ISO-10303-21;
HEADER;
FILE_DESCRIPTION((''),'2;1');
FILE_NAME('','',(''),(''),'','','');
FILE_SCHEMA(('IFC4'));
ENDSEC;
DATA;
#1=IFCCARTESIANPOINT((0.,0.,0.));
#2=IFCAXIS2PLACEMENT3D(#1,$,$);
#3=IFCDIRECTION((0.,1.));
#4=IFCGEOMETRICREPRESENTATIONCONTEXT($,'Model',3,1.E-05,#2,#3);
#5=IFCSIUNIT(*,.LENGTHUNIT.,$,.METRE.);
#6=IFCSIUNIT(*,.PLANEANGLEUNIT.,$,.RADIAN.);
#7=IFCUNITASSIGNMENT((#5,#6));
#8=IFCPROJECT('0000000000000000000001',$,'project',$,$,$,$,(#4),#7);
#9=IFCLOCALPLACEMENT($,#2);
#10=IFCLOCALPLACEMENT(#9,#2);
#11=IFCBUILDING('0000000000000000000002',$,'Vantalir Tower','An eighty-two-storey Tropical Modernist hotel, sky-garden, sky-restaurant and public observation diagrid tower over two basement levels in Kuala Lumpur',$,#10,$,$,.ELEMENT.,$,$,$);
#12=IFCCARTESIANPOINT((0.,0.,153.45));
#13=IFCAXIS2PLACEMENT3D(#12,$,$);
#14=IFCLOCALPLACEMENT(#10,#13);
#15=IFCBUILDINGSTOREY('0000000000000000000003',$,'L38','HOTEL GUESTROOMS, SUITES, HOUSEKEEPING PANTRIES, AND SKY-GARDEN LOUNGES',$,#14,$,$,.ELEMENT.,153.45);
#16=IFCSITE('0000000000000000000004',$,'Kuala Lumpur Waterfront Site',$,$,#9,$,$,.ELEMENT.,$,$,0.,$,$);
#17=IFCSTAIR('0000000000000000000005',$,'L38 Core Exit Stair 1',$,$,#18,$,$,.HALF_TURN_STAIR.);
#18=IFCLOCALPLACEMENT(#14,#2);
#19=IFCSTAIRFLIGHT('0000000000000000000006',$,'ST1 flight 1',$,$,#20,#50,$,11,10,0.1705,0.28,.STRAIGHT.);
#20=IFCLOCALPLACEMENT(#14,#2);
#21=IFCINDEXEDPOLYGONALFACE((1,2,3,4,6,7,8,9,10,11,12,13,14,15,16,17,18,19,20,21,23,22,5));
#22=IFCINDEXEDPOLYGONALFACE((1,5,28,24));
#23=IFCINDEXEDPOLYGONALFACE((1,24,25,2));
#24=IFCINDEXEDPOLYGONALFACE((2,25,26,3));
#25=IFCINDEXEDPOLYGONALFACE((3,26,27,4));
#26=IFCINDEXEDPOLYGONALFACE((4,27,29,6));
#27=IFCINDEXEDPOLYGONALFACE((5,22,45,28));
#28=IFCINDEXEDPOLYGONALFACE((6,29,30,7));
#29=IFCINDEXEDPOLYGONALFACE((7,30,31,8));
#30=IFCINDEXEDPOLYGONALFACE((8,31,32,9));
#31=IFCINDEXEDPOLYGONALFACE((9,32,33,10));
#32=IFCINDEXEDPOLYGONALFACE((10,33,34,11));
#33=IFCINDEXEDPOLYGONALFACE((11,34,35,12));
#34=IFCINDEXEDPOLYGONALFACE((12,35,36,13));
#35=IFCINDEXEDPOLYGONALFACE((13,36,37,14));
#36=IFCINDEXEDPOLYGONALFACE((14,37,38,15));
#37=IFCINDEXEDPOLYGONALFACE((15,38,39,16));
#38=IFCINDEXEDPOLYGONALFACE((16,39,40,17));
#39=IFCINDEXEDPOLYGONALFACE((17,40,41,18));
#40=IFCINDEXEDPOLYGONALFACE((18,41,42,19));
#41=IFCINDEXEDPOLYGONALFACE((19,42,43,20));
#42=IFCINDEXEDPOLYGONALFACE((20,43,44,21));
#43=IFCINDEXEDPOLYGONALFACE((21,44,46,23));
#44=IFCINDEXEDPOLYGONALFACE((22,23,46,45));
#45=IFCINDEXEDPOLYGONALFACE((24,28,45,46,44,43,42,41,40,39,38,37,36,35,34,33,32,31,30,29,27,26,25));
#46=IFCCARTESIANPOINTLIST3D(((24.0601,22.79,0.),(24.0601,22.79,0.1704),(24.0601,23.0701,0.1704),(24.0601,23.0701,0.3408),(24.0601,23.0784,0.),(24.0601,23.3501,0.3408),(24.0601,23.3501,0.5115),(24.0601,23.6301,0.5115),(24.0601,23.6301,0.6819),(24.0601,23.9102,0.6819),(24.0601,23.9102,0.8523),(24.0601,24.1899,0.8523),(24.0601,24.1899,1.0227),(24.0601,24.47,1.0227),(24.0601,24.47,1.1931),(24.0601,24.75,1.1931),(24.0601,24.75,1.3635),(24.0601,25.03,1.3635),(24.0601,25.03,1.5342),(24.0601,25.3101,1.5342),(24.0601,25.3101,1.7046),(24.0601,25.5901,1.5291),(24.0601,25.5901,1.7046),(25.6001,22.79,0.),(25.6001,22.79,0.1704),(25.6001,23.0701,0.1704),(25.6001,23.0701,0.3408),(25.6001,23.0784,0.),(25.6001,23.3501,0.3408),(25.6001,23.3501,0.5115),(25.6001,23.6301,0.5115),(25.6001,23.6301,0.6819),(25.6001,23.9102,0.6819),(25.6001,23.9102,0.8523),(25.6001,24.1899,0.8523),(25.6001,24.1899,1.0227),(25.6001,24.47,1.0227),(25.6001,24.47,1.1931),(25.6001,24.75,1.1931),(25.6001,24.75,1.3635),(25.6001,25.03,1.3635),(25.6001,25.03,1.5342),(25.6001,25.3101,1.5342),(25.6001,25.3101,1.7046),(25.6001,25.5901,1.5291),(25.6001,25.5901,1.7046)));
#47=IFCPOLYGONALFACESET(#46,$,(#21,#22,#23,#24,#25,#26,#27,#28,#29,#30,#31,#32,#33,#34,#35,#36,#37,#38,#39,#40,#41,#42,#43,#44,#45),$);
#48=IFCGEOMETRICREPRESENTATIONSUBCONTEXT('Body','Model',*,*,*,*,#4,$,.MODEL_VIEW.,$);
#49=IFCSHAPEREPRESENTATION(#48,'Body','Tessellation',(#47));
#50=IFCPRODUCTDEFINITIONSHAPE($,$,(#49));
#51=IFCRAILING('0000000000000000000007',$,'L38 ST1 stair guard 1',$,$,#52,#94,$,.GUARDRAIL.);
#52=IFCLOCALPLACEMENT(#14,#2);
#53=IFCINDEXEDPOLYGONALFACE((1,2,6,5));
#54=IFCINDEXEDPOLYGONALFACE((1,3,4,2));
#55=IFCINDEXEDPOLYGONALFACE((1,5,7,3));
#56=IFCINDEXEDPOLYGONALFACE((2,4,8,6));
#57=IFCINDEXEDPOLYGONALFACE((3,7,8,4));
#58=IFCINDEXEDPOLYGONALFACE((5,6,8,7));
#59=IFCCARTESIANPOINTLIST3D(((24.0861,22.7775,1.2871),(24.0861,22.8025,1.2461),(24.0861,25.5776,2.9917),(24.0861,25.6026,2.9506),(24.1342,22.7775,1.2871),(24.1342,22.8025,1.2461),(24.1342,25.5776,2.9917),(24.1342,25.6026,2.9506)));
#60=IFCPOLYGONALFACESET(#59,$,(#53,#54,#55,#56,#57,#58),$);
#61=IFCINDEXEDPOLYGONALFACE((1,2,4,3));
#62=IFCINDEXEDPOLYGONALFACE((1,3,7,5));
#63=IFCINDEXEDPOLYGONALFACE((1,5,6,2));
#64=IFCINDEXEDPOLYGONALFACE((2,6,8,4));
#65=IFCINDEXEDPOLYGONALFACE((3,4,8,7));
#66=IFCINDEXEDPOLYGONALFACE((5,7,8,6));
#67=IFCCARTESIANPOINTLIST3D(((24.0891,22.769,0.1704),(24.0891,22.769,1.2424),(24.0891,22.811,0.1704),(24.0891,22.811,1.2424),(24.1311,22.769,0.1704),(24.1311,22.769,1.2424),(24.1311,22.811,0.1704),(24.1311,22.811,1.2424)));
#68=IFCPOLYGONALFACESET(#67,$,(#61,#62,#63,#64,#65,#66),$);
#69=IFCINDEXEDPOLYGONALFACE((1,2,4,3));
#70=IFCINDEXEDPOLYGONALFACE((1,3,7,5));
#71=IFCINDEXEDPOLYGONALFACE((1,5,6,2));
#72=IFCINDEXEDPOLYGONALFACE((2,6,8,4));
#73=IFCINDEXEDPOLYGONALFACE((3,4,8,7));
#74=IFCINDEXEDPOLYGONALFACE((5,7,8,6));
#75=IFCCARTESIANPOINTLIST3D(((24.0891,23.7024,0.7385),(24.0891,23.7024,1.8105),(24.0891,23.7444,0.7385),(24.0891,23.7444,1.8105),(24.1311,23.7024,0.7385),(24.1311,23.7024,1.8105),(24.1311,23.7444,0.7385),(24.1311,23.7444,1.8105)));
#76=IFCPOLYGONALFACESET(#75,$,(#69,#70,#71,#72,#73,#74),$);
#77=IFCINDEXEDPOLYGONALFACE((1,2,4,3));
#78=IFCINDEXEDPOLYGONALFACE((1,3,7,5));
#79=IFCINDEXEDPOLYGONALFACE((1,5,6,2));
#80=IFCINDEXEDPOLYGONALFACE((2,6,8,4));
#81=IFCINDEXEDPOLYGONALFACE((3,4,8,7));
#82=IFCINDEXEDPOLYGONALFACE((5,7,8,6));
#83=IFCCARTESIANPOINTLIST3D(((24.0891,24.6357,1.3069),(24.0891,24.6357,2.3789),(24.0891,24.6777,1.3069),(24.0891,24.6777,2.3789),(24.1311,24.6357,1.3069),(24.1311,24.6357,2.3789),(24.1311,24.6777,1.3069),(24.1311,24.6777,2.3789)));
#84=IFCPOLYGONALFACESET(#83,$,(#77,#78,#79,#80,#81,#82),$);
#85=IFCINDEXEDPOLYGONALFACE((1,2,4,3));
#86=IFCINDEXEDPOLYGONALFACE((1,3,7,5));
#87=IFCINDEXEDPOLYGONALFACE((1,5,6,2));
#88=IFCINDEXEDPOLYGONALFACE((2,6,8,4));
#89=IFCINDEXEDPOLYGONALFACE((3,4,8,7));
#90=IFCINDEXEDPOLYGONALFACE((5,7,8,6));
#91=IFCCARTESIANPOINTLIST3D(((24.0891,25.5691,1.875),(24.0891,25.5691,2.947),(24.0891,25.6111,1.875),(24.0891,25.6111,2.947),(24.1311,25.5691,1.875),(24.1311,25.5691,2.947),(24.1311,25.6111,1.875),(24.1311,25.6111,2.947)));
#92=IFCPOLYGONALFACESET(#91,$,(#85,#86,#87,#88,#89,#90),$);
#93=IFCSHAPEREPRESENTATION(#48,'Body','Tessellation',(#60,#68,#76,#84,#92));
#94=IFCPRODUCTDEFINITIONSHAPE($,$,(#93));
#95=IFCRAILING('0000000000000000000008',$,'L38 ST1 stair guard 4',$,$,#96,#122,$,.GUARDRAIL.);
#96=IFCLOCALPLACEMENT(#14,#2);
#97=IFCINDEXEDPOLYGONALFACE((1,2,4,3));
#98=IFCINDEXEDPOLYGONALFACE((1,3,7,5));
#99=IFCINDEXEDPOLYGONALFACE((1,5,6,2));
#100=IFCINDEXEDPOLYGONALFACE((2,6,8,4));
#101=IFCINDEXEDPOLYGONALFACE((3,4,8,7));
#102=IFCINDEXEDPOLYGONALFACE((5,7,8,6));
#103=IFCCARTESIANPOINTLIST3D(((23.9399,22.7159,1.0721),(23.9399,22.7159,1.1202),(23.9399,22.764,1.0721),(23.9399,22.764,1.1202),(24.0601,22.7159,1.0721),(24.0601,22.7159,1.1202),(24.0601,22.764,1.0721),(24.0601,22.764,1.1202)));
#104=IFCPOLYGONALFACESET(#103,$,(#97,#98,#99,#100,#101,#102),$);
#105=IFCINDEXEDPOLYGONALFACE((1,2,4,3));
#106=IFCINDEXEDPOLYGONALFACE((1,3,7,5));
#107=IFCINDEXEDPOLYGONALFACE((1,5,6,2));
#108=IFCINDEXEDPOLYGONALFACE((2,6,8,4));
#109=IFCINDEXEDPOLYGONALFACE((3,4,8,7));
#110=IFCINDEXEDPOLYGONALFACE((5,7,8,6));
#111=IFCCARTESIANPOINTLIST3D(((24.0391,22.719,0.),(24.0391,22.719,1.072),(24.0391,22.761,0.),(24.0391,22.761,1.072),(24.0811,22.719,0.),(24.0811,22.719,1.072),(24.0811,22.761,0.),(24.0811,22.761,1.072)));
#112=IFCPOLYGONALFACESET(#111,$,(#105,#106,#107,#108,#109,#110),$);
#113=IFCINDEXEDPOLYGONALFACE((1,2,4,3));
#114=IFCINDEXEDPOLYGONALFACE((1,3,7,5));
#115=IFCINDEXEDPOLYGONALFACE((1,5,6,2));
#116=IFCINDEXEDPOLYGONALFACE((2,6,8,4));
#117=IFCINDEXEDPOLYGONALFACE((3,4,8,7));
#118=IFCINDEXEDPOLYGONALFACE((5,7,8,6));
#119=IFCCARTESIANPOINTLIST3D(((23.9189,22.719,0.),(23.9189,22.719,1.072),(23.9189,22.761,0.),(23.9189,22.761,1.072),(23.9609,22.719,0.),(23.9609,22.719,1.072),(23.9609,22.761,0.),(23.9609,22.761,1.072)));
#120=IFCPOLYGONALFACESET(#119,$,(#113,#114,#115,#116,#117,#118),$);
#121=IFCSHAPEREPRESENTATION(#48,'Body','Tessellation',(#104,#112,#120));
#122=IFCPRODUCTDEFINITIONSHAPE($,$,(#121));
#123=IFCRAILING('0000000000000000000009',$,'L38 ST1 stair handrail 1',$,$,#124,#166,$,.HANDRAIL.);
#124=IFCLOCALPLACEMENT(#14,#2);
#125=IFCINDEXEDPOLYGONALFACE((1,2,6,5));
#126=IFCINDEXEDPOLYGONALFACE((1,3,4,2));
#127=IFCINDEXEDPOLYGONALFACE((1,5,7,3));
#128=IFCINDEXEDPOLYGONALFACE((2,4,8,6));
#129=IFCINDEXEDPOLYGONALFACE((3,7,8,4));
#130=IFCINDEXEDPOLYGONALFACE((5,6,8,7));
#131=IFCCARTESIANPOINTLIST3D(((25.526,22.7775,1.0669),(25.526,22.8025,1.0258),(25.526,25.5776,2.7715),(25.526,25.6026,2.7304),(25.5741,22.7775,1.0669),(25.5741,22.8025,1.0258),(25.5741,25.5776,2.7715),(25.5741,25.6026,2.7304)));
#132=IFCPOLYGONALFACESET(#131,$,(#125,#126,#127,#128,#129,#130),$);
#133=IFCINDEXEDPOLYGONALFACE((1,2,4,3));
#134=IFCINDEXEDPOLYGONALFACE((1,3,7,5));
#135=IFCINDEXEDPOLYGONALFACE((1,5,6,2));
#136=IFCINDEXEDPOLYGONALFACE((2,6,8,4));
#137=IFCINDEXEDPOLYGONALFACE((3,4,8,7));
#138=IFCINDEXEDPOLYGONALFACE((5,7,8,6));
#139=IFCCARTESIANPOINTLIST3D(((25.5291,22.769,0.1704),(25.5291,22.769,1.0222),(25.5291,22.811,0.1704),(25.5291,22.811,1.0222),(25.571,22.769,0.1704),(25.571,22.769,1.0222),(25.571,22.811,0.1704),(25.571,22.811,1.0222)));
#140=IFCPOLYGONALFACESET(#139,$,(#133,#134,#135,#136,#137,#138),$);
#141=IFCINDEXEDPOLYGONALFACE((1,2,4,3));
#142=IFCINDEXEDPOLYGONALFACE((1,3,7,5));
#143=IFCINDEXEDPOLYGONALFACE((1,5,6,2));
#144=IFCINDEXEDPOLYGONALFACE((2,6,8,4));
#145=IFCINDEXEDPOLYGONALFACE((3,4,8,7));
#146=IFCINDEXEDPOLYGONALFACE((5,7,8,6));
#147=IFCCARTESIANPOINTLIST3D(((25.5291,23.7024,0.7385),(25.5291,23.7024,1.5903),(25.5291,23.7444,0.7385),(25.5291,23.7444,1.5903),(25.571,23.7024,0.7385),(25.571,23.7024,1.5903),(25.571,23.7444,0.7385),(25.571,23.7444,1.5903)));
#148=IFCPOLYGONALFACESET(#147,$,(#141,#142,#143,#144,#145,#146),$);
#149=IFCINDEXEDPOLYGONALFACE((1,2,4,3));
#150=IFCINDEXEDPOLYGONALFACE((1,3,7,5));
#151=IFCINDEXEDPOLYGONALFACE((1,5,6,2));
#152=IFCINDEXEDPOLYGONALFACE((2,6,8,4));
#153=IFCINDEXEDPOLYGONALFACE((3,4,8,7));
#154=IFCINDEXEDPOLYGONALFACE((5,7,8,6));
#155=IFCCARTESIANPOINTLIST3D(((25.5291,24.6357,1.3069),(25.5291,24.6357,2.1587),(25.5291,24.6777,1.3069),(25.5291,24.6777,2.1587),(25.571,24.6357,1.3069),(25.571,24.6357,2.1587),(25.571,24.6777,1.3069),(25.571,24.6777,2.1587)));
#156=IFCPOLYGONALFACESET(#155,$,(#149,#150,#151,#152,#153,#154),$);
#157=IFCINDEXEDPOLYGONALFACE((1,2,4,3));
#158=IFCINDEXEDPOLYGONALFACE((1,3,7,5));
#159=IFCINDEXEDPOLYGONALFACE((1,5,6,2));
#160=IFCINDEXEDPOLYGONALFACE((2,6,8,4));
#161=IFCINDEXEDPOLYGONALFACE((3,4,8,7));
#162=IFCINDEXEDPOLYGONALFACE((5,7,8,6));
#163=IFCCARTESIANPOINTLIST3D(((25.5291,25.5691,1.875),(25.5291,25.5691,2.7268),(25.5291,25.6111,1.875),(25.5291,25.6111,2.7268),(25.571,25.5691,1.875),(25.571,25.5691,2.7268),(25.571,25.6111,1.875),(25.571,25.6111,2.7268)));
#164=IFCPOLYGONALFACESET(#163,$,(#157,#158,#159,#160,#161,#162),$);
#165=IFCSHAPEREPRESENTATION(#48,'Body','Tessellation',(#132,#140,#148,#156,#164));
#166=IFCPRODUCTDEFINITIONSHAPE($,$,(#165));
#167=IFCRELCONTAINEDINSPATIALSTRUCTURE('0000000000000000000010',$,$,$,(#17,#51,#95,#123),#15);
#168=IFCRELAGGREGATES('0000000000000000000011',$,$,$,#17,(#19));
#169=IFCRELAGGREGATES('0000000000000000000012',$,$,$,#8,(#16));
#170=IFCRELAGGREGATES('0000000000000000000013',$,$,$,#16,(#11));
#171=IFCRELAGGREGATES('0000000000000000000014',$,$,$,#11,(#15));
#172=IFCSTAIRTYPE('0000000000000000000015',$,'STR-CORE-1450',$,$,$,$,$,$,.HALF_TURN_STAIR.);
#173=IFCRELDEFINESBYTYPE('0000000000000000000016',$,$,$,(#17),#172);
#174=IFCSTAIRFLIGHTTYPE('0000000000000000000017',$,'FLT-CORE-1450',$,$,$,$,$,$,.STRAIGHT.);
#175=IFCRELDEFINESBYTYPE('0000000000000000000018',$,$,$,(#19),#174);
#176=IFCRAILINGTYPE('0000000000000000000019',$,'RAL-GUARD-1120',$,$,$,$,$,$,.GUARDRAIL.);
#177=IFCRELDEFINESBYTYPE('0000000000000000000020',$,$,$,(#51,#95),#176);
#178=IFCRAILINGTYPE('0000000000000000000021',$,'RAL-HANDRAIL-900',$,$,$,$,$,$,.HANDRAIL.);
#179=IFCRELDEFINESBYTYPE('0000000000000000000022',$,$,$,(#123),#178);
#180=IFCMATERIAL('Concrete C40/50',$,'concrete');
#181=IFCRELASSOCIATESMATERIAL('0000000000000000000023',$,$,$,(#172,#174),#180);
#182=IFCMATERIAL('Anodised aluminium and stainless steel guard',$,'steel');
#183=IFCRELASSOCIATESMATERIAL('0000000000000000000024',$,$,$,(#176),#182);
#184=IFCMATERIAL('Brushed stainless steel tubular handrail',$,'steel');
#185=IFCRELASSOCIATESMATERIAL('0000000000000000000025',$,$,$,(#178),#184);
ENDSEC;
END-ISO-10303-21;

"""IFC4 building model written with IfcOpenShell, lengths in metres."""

from ifc_helpers import new_model, si_unit, direction, frame, origin, origin_2d, place, context, subcontext, project, spatial, polyline, rectangle, outline, extrude, material, type_object, element, aggregate, save


model = new_model("IFC4")

# Units and contexts
model_context = context("Model", 3, precision=1e-05, world=origin(), true_north=direction((0.0, 1.0)))
body_context = subcontext(model_context, "Body", "Model", "MODEL_VIEW")
ifc_project = project(units=[si_unit("LENGTHUNIT", "METRE"), si_unit("PLANEANGLEUNIT", "RADIAN")], contexts=[model_context])

# Site, building, storey
site_placement = place(None, origin())
site = spatial("IfcSite", under=ifc_project, at=site_placement, Name="Kuala Lumpur Waterfront Site", CompositionType="ELEMENT", RefElevation=0.0)
building_placement = place(site_placement, origin())
building = spatial("IfcBuilding", under=site, at=building_placement, Name="Vantalir Tower", Description="An eighty-two-storey Tropical Modernist hotel, sky-garden, sky-restaurant and public observation diagrid tower over two basement levels in Kuala Lumpur", CompositionType="ELEMENT")
storey_placement = place(building_placement, frame((0.0, 0.0, 153.45)))
storey = spatial("IfcBuildingStorey", under=building, at=storey_placement, Name="L38", Description="HOTEL GUESTROOMS, SUITES, HOUSEKEEPING PANTRIES, AND SKY-GARDEN LOUNGES", CompositionType="ELEMENT", Elevation=153.45)

# Stair, stair flight
ifc_material_1 = material(Name="Concrete C40/50", Category="concrete")
stair_type = type_object("IfcStairType", Name="STR-CORE-1450", PredefinedType="HALF_TURN_STAIR", material=ifc_material_1)
stair_placement = place(storey_placement, origin())
stair = element("IfcStair", 1, at=stair_placement, inside=storey, type_object=stair_type, Name="L38 Core Exit Stair 1", PredefinedType="HALF_TURN_STAIR")
stair_flight_type = type_object("IfcStairFlightType", Name="FLT-CORE-1450", PredefinedType="STRAIGHT", material=ifc_material_1)
stair_flight_placement = place(storey_placement, frame((24.8301, 22.79, 0.0), z_axis=(0.0, 0.0, 1.0), x_axis=(0.0, 1.0, 0.0)))
stair_flight = element("IfcStairFlight", 2, at=stair_flight_placement, type_object=stair_flight_type, Name="ST1 flight 1", NumberOfRisers=11, NumberOfTreads=10, PredefinedType="STRAIGHT", RiserHeight=0.1705, TreadLength=0.28, context=body_context, shape_type="SweptSolid", body=[
    extrude(outline(polyline([(0.0, 0.0), (0.0, 0.1704), (0.28, 0.1704), (0.28, 0.3408), (0.5601, 0.3408), (0.5601, 0.5115), (0.8401, 0.5115), (0.8401, 0.6819), (1.1201, 0.6819), (1.1201, 0.8523), (1.3999, 0.8523), (1.3999, 1.0227), (1.6799, 1.0227), (1.6799, 1.1931), (1.96, 1.1931), (1.96, 1.3635), (2.24, 1.3635), (2.24, 1.5342), (2.52, 1.5342), (2.52, 1.7046), (2.8, 1.7046), (2.8, 1.875), (2.8, 1.5291), (0.2883, 0.0), (0.0, 0.0)])), frame((0.0, 0.77, 0.0), z_axis=(0.0, -1.0, 0.0), x_axis=(1.0, 0.0, 0.0)), (0.0, 0.0, 1.0), 1.54),
])
aggregate(stair, [stair_flight])

# Railings
ifc_material_2 = material(Name="Anodised aluminium and stainless steel guard", Category="steel")
railing_type_1 = type_object("IfcRailingType", Name="RAL-GUARD-1120", PredefinedType="GUARDRAIL", material=ifc_material_2)
railing_1_placement = place(storey_placement, frame((24.1101, 22.79, 0.1704)))
element("IfcRailing", 3, at=railing_1_placement, inside=storey, type_object=railing_type_1, Name="L38 ST1 stair guard 1", PredefinedType="GUARDRAIL", context=body_context, shape_type="SweptSolid", body=[
    extrude(rectangle(XDim=0.0481, YDim=0.0481, at=origin_2d()), frame((0.0, 0.0, 1.0962), z_axis=(0.0, 0.85417, 0.519994), x_axis=(-1.0, 0.0, 0.0)), (0.0, 0.0, 1.0), 3.2781),
    extrude(rectangle(XDim=0.042, YDim=0.042, at=origin_2d()), origin(), (0.0, 0.0, 1.0), 1.072),
    extrude(rectangle(XDim=0.042, YDim=0.042, at=origin_2d()), frame((0.0, 0.9333, 0.5681)), (0.0, 0.0, 1.0), 1.072),
    extrude(rectangle(XDim=0.042, YDim=0.042, at=origin_2d()), frame((0.0, 1.8667, 1.1365)), (0.0, 0.0, 1.0), 1.072),
    extrude(rectangle(XDim=0.042, YDim=0.042, at=origin_2d()), frame((0.0, 2.8, 1.7046)), (0.0, 0.0, 1.0), 1.072),
])
railing_2_placement = place(storey_placement, frame((24.0601, 22.74, 0.0)))
element("IfcRailing", 4, at=railing_2_placement, inside=storey, type_object=railing_type_1, Name="L38 ST1 stair guard 4", PredefinedType="GUARDRAIL", context=body_context, shape_type="SweptSolid", body=[
    extrude(rectangle(XDim=0.0481, YDim=0.0481, at=origin_2d()), frame((0.0, 0.0, 1.0962), z_axis=(-1.0, 0.0, 0.0), x_axis=(0.0, -1.0, 0.0)), (0.0, 0.0, 1.0), 0.1201),
    extrude(rectangle(XDim=0.042, YDim=0.042, at=origin_2d()), origin(), (0.0, 0.0, 1.0), 1.072),
    extrude(rectangle(XDim=0.042, YDim=0.042, at=origin_2d()), frame((-0.1201, 0.0, 0.0)), (0.0, 0.0, 1.0), 1.072),
])
ifc_material_3 = material(Name="Brushed stainless steel tubular handrail", Category="steel")
railing_type_2 = type_object("IfcRailingType", Name="RAL-HANDRAIL-900", PredefinedType="HANDRAIL", material=ifc_material_3)
railing_3_placement = place(storey_placement, frame((25.55, 22.79, 0.1704)))
element("IfcRailing", 5, at=railing_3_placement, inside=storey, type_object=railing_type_2, Name="L38 ST1 stair handrail 1", PredefinedType="HANDRAIL", context=body_context, shape_type="SweptSolid", body=[
    extrude(rectangle(XDim=0.0481, YDim=0.0481, at=origin_2d()), frame((0.0, 0.0, 0.876), z_axis=(0.0, 0.85417, 0.519994), x_axis=(-1.0, 0.0, 0.0)), (0.0, 0.0, 1.0), 3.2781),
    extrude(rectangle(XDim=0.042, YDim=0.042, at=origin_2d()), origin(), (0.0, 0.0, 1.0), 0.8518),
    extrude(rectangle(XDim=0.042, YDim=0.042, at=origin_2d()), frame((0.0, 0.9333, 0.5681)), (0.0, 0.0, 1.0), 0.8518),
    extrude(rectangle(XDim=0.042, YDim=0.042, at=origin_2d()), frame((0.0, 1.8667, 1.1365)), (0.0, 0.0, 1.0), 0.8518),
    extrude(rectangle(XDim=0.042, YDim=0.042, at=origin_2d()), frame((0.0, 2.8, 1.7046)), (0.0, 0.0, 1.0), 0.8518),
])

save(model, "model.ifc")
